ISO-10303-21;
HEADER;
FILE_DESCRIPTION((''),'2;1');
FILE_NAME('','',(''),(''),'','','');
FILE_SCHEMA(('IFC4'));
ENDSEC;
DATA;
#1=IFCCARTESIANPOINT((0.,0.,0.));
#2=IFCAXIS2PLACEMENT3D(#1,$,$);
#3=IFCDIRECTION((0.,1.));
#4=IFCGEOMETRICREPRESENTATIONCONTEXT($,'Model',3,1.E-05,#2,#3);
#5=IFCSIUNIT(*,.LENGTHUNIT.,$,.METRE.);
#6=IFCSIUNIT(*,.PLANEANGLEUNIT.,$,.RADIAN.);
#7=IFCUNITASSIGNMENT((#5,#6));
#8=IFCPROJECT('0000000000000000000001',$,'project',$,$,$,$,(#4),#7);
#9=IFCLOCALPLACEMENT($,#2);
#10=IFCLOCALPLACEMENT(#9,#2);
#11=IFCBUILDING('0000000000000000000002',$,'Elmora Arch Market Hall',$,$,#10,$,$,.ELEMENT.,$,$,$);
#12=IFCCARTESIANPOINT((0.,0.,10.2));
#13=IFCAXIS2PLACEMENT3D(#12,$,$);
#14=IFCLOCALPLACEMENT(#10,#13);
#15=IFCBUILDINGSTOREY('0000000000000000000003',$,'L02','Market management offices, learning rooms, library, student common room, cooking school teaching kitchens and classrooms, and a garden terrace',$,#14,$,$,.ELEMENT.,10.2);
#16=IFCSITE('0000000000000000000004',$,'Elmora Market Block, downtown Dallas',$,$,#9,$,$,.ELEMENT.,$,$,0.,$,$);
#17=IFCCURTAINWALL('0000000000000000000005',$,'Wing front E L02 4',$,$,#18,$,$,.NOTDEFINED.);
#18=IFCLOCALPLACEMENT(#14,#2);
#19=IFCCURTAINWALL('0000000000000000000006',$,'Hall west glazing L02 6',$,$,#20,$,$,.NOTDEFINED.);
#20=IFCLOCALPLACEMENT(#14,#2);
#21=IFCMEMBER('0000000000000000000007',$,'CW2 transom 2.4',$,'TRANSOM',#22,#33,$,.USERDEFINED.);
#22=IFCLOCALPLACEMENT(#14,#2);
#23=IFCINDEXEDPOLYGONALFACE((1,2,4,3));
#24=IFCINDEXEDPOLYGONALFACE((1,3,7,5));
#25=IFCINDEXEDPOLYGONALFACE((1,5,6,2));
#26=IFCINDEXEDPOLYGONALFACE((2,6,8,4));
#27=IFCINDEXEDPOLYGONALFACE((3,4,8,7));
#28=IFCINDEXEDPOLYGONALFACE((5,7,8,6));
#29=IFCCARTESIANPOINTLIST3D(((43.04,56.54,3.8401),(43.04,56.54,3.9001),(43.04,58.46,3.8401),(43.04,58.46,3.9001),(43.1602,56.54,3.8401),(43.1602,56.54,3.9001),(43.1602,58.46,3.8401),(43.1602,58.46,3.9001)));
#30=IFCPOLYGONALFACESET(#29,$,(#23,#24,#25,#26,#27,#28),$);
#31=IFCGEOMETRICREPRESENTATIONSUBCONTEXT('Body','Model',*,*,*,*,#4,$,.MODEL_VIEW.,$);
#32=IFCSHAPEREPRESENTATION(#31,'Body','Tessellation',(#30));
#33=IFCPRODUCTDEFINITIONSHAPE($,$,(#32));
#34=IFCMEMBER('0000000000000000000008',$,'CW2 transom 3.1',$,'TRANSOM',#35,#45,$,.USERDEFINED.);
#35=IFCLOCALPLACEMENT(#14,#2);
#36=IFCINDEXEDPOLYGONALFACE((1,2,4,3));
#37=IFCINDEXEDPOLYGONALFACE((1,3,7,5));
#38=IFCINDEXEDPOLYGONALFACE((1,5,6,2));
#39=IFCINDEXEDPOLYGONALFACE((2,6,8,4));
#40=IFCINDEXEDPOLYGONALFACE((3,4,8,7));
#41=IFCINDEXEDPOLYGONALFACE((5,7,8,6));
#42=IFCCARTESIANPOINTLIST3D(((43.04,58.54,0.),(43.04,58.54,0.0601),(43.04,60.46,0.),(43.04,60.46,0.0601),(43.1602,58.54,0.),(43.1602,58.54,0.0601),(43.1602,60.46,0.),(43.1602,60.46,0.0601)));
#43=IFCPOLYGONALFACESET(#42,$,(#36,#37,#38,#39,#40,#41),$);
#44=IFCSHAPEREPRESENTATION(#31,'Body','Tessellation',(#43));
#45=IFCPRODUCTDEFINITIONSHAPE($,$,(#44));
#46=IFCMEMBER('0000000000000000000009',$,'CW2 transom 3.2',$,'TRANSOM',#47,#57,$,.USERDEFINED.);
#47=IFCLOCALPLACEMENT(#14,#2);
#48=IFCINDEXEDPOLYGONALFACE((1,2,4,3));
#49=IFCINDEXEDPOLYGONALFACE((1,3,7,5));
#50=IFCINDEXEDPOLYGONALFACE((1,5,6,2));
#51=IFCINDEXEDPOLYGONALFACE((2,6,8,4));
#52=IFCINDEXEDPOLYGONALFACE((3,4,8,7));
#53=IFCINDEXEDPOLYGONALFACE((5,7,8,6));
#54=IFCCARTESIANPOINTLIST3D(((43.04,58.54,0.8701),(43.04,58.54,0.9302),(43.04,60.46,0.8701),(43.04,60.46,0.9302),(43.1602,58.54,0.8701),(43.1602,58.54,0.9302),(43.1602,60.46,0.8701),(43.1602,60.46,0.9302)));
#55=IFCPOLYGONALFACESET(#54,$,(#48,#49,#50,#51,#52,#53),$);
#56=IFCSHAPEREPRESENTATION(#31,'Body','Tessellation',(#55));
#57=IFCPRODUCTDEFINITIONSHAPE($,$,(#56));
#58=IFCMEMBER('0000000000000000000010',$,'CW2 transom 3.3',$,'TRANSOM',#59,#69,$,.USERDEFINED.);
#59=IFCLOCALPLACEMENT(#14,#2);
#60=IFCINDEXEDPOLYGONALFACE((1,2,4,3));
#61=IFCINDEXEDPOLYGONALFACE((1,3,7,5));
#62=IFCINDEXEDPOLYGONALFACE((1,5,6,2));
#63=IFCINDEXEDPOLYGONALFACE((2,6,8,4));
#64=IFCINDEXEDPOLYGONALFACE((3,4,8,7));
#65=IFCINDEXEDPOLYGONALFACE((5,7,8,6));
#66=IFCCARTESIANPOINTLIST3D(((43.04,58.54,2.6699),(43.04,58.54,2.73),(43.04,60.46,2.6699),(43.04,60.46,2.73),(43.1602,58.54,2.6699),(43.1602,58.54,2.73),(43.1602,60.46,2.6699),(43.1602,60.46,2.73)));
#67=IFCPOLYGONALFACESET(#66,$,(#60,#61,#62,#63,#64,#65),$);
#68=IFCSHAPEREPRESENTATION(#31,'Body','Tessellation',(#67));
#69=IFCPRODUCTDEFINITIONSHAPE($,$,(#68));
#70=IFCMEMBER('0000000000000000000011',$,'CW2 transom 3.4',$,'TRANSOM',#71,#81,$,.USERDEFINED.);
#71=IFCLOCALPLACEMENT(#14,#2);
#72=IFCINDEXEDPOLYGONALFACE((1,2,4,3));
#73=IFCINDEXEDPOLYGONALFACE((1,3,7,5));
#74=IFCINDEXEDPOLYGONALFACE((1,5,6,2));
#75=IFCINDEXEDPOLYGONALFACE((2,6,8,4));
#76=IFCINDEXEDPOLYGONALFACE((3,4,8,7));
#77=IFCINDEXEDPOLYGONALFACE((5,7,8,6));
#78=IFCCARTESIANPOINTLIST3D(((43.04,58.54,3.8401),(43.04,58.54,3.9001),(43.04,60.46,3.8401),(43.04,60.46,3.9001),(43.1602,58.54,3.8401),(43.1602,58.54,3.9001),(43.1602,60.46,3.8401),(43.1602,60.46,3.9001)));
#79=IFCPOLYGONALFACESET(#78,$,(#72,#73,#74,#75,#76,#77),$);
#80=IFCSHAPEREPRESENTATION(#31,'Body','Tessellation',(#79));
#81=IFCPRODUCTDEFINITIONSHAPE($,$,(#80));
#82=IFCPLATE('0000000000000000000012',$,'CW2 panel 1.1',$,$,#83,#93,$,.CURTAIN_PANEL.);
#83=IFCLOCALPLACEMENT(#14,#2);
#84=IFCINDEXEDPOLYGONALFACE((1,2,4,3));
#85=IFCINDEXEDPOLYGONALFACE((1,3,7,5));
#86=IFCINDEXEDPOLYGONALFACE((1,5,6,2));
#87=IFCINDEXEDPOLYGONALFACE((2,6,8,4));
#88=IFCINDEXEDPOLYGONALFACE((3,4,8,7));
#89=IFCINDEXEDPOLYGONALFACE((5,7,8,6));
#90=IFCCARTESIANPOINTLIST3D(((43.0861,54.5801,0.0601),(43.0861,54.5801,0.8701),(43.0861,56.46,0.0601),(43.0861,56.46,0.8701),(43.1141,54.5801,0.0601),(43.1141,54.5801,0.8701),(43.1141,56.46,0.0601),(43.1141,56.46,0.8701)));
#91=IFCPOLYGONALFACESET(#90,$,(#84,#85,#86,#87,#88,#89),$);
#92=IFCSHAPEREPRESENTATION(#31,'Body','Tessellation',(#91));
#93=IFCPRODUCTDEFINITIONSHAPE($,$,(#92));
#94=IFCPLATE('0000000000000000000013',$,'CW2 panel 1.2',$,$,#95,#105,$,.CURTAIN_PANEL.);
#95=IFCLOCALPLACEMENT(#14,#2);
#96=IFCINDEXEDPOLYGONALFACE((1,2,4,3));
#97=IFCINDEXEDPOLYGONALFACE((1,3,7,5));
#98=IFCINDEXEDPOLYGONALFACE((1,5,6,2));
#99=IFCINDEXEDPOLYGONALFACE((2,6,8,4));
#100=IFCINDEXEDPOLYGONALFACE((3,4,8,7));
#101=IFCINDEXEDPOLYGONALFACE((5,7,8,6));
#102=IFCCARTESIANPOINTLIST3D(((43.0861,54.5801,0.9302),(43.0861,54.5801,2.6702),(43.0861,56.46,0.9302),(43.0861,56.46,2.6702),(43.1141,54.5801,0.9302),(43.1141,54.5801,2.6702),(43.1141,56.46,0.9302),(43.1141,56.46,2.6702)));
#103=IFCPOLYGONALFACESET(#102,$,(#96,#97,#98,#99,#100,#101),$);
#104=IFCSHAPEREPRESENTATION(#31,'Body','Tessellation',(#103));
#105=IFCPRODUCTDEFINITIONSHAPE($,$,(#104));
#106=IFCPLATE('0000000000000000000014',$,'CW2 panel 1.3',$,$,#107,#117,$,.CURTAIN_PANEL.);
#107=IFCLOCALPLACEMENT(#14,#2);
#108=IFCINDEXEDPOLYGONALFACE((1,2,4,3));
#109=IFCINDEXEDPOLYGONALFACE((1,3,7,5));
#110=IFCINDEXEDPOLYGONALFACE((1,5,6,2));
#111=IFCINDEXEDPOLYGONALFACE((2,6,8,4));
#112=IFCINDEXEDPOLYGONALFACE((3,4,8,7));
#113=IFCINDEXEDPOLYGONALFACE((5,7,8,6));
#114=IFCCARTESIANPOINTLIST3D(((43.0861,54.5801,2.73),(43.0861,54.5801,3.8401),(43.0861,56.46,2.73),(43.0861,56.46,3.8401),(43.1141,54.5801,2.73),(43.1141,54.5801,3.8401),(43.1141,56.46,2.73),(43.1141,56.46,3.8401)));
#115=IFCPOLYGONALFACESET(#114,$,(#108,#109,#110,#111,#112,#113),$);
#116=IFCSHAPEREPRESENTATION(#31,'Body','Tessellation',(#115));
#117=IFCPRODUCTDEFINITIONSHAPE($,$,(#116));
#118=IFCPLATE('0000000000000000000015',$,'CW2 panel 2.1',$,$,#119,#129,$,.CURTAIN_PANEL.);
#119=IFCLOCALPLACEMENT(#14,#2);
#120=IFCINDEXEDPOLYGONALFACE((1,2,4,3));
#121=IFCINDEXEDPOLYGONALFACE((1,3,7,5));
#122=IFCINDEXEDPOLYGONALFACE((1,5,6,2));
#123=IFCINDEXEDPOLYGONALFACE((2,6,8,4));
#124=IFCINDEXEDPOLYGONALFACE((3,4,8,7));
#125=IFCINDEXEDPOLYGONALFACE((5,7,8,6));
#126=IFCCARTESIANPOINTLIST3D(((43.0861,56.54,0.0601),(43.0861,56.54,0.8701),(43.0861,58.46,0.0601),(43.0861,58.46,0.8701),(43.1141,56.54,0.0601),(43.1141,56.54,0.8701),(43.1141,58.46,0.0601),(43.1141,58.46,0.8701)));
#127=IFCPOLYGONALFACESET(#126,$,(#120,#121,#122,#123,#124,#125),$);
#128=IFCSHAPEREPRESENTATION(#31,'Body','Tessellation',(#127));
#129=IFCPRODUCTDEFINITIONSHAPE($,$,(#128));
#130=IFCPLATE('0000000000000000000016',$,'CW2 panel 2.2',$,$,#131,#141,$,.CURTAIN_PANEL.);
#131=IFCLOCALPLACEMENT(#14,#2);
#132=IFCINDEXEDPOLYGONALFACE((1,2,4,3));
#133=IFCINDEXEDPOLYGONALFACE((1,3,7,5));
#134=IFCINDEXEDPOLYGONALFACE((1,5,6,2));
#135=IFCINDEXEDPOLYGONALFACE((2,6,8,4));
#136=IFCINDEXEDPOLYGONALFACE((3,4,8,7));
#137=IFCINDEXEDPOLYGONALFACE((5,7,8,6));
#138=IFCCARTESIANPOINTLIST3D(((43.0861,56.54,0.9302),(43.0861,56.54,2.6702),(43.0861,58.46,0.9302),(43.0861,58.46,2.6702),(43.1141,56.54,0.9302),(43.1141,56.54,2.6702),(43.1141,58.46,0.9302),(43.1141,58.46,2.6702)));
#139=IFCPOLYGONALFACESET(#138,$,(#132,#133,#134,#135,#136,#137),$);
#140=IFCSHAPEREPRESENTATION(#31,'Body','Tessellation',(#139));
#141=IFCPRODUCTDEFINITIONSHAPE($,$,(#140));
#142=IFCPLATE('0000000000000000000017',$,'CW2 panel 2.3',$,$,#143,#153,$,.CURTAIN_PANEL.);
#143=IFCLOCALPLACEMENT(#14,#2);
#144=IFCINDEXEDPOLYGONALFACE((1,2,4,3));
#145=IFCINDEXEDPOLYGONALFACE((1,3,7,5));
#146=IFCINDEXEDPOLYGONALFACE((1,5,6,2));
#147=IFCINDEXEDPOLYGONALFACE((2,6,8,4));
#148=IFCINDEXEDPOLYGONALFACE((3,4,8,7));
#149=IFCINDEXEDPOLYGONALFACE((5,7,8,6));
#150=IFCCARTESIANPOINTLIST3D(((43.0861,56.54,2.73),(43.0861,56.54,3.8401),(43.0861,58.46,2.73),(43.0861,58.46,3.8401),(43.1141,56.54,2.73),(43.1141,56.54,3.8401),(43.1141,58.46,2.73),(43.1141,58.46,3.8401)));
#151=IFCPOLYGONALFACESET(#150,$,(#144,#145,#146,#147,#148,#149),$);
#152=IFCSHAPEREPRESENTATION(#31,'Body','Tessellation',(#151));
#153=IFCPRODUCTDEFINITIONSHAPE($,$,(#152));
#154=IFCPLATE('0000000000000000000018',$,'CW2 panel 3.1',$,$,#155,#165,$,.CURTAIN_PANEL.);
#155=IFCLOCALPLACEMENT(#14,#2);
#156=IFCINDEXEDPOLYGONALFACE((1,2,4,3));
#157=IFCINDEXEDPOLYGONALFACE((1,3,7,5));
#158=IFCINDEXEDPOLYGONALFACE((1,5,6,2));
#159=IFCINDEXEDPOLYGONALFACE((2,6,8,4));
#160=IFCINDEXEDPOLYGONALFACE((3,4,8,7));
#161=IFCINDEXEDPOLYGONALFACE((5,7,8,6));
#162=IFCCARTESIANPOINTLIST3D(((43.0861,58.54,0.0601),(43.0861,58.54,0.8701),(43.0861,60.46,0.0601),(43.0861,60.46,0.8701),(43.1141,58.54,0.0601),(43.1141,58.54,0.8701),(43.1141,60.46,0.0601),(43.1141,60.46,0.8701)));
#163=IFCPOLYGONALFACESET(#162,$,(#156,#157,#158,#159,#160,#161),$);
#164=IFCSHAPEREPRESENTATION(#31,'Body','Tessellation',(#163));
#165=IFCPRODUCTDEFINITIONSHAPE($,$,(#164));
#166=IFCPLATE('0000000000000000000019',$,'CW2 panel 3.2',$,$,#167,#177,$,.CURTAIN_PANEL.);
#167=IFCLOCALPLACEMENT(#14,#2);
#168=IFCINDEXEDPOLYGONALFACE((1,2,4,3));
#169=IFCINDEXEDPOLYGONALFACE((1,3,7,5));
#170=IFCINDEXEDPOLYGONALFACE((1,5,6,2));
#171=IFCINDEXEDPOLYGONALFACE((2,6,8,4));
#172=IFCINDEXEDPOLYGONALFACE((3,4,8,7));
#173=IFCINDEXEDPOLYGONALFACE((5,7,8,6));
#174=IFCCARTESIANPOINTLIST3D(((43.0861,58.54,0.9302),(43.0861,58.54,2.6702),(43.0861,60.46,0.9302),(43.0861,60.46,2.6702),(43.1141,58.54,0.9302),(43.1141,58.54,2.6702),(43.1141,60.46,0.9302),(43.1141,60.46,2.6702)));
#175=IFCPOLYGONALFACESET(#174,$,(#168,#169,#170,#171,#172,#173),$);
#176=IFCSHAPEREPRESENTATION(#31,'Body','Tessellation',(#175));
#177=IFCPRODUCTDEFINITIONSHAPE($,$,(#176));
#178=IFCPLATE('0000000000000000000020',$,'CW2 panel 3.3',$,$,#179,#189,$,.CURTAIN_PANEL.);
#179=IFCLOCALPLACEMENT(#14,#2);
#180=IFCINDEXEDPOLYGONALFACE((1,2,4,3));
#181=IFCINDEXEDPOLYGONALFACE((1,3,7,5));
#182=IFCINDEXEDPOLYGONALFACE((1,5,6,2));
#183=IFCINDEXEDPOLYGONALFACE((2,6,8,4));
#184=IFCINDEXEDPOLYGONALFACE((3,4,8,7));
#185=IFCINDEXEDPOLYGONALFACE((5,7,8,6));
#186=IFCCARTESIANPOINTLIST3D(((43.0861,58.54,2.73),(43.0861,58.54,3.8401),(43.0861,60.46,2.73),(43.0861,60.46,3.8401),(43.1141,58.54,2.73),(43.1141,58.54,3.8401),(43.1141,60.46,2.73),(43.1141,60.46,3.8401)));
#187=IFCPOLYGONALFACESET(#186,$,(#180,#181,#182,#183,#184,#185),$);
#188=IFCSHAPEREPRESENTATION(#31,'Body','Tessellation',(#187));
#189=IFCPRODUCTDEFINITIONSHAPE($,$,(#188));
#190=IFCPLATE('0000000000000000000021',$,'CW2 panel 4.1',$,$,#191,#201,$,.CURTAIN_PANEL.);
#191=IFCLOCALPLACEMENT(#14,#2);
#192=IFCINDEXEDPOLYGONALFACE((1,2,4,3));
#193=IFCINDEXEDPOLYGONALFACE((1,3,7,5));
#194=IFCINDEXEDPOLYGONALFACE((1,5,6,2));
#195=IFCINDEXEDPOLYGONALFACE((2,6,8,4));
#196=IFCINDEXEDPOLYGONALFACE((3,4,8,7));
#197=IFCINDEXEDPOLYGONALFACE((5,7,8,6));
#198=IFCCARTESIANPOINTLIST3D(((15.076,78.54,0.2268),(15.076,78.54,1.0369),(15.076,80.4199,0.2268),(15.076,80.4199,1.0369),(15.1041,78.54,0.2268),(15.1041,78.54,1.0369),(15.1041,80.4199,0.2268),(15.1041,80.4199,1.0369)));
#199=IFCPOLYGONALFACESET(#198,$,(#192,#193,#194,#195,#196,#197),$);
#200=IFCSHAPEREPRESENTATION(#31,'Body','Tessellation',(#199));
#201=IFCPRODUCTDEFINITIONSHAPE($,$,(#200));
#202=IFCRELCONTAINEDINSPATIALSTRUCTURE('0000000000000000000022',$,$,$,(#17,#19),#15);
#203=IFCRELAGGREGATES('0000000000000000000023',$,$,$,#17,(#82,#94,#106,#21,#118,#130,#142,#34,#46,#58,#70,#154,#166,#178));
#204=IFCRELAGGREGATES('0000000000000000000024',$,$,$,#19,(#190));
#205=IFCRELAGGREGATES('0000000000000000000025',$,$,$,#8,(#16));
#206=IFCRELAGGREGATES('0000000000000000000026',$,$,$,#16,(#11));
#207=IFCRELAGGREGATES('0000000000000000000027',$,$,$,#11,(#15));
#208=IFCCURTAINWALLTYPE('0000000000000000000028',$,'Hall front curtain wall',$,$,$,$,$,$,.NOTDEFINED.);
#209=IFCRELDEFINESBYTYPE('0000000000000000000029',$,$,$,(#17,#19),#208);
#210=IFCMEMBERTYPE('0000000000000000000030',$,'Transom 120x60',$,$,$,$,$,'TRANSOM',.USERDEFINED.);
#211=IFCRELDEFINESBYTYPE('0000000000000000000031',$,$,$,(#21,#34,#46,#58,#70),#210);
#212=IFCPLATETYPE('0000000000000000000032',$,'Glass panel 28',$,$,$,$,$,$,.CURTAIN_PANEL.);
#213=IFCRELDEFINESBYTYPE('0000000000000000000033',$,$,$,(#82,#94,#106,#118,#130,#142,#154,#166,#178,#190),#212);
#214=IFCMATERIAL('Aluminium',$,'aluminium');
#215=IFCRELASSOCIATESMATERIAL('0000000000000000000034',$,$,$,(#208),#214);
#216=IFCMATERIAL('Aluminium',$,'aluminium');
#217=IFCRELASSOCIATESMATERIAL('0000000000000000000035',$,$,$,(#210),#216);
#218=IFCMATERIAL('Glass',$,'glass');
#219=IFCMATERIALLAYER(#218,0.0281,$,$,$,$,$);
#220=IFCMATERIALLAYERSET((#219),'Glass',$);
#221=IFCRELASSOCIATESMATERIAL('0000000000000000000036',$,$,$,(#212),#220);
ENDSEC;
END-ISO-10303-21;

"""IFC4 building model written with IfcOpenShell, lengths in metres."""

from ifc_helpers import new_model, si_unit, direction, frame, origin, origin_2d, place, context, subcontext, project, spatial, rectangle, extrude, material, layer, layer_set, material_profile, profile_set, type_object, element, aggregate, save


model = new_model("IFC4")

# Units and contexts
model_context = context("Model", 3, precision=1e-05, world=origin(), true_north=direction((0.0, 1.0)))
body_context = subcontext(model_context, "Body", "Model", "MODEL_VIEW")
ifc_project = project(units=[si_unit("LENGTHUNIT", "METRE"), si_unit("PLANEANGLEUNIT", "RADIAN")], contexts=[model_context])

# Site, building, storey
site_placement = place(None, origin())
site = spatial("IfcSite", under=ifc_project, at=site_placement, Name="Elmora Market Block, downtown Dallas", CompositionType="ELEMENT", RefElevation=0.0)
building_placement = place(site_placement, origin())
building = spatial("IfcBuilding", under=site, at=building_placement, Name="Elmora Arch Market Hall", CompositionType="ELEMENT")
storey_placement = place(building_placement, frame((0.0, 0.0, 10.2)))
storey = spatial("IfcBuildingStorey", under=building, at=storey_placement, Name="L02", Description="Market management offices, learning rooms, library, student common room, cooking school teaching kitchens and classrooms, and a garden terrace", CompositionType="ELEMENT", Elevation=10.2)

# Curtain wall
ifc_material_1 = material(Name="Aluminium", Category="aluminium")
curtain_wall_type = type_object("IfcCurtainWallType", Name="Hall front curtain wall", PredefinedType="NOTDEFINED", material=ifc_material_1)
curtain_wall_1_placement = place(storey_placement, origin())
curtain_wall_1 = element("IfcCurtainWall", 1, at=curtain_wall_1_placement, inside=storey, type_object=curtain_wall_type, Name="Wing front E L02 4", PredefinedType="NOTDEFINED")

# Curtain wall
curtain_wall_2_placement = place(storey_placement, origin())
curtain_wall_2 = element("IfcCurtainWall", 2, at=curtain_wall_2_placement, inside=storey, type_object=curtain_wall_type, Name="Hall west glazing L02 6", PredefinedType="NOTDEFINED")

# Members
ifc_material_2 = material(Name="Aluminium", Category="aluminium")
ifc_material_profile_1 = material_profile(ifc_material_2, rectangle(XDim=0.1201, YDim=0.0601, at=origin_2d()), Name="AL 120x60")
ifc_profile_set_1 = profile_set([ifc_material_profile_1], Name="Aluminium")
member_type_1 = type_object("IfcMemberType", Name="Transom 120x60", ElementType="TRANSOM", PredefinedType="USERDEFINED", material=ifc_profile_set_1)
member_1_placement = place(storey_placement, frame((43.1001, 56.54, 3.8701), z_axis=(0.0, 1.0, 0.0), x_axis=(-1.0, 0.0, 0.0)))
member_1 = element("IfcMember", 3, at=member_1_placement, type_object=member_type_1, Name="CW2 transom 2.4", ObjectType="TRANSOM", PredefinedType="USERDEFINED", context=body_context, shape_type="SweptSolid", body=[
    extrude(rectangle(XDim=0.1201, YDim=0.0601, at=origin_2d()), origin(), (0.0, 0.0, 1.0), 1.9199),
])
member_2_placement = place(storey_placement, frame((43.1001, 58.54, 0.03), z_axis=(0.0, 1.0, 0.0), x_axis=(-1.0, 0.0, 0.0)))
member_2 = element("IfcMember", 4, at=member_2_placement, type_object=member_type_1, Name="CW2 transom 3.1", ObjectType="TRANSOM", PredefinedType="USERDEFINED", context=body_context, shape_type="SweptSolid", body=[
    extrude(rectangle(XDim=0.1201, YDim=0.0601, at=origin_2d()), origin(), (0.0, 0.0, 1.0), 1.9199),
])
member_3_placement = place(storey_placement, frame((43.1001, 58.54, 0.9001), z_axis=(0.0, 1.0, 0.0), x_axis=(-1.0, 0.0, 0.0)))
member_3 = element("IfcMember", 5, at=member_3_placement, type_object=member_type_1, Name="CW2 transom 3.2", ObjectType="TRANSOM", PredefinedType="USERDEFINED", context=body_context, shape_type="SweptSolid", body=[
    extrude(rectangle(XDim=0.1201, YDim=0.0601, at=origin_2d()), origin(), (0.0, 0.0, 1.0), 1.9199),
])
member_4_placement = place(storey_placement, frame((43.1001, 58.54, 2.7), z_axis=(0.0, 1.0, 0.0), x_axis=(-1.0, 0.0, 0.0)))
member_4 = element("IfcMember", 6, at=member_4_placement, type_object=member_type_1, Name="CW2 transom 3.3", ObjectType="TRANSOM", PredefinedType="USERDEFINED", context=body_context, shape_type="SweptSolid", body=[
    extrude(rectangle(XDim=0.1201, YDim=0.0601, at=origin_2d()), origin(), (0.0, 0.0, 1.0), 1.9199),
])
member_5_placement = place(storey_placement, frame((43.1001, 58.54, 3.8701), z_axis=(0.0, 1.0, 0.0), x_axis=(-1.0, 0.0, 0.0)))
member_5 = element("IfcMember", 7, at=member_5_placement, type_object=member_type_1, Name="CW2 transom 3.4", ObjectType="TRANSOM", PredefinedType="USERDEFINED", context=body_context, shape_type="SweptSolid", body=[
    extrude(rectangle(XDim=0.1201, YDim=0.0601, at=origin_2d()), origin(), (0.0, 0.0, 1.0), 1.9199),
])

# Plates
ifc_material_3 = material(Name="Glass", Category="glass")
ifc_layer = layer(ifc_material_3, 0.0281)
ifc_layer_set = layer_set([ifc_layer], Name="Glass")
plate_type = type_object("IfcPlateType", Name="Glass panel 28", PredefinedType="CURTAIN_PANEL", material=ifc_layer_set)
plate_1_placement = place(storey_placement, frame((43.1001, 55.52, 0.0601), z_axis=(0.0, 0.0, 1.0), x_axis=(0.0, 1.0, 0.0)))
plate_1 = element("IfcPlate", 8, at=plate_1_placement, type_object=plate_type, Name="CW2 panel 1.1", PredefinedType="CURTAIN_PANEL", context=body_context, shape_type="SweptSolid", body=[
    extrude(rectangle(XDim=1.8799, YDim=0.0281, at=origin_2d()), origin(), (0.0, 0.0, 1.0), 0.8101),
])
plate_2_placement = place(storey_placement, frame((43.1001, 55.52, 0.9302), z_axis=(0.0, 0.0, 1.0), x_axis=(0.0, 1.0, 0.0)))
plate_2 = element("IfcPlate", 9, at=plate_2_placement, type_object=plate_type, Name="CW2 panel 1.2", PredefinedType="CURTAIN_PANEL", context=body_context, shape_type="SweptSolid", body=[
    extrude(rectangle(XDim=1.8799, YDim=0.0281, at=origin_2d()), origin(), (0.0, 0.0, 1.0), 1.74),
])
plate_3_placement = place(storey_placement, frame((43.1001, 55.52, 2.73), z_axis=(0.0, 0.0, 1.0), x_axis=(0.0, 1.0, 0.0)))
plate_3 = element("IfcPlate", 10, at=plate_3_placement, type_object=plate_type, Name="CW2 panel 1.3", PredefinedType="CURTAIN_PANEL", context=body_context, shape_type="SweptSolid", body=[
    extrude(rectangle(XDim=1.8799, YDim=0.0281, at=origin_2d()), origin(), (0.0, 0.0, 1.0), 1.1101),
])
plate_4_placement = place(storey_placement, frame((43.1001, 57.5, 0.0601), z_axis=(0.0, 0.0, 1.0), x_axis=(0.0, 1.0, 0.0)))
plate_4 = element("IfcPlate", 11, at=plate_4_placement, type_object=plate_type, Name="CW2 panel 2.1", PredefinedType="CURTAIN_PANEL", context=body_context, shape_type="SweptSolid", body=[
    extrude(rectangle(XDim=1.9199, YDim=0.0281, at=origin_2d()), origin(), (0.0, 0.0, 1.0), 0.8101),
])
plate_5_placement = place(storey_placement, frame((43.1001, 57.5, 0.9302), z_axis=(0.0, 0.0, 1.0), x_axis=(0.0, 1.0, 0.0)))
plate_5 = element("IfcPlate", 12, at=plate_5_placement, type_object=plate_type, Name="CW2 panel 2.2", PredefinedType="CURTAIN_PANEL", context=body_context, shape_type="SweptSolid", body=[
    extrude(rectangle(XDim=1.9199, YDim=0.0281, at=origin_2d()), origin(), (0.0, 0.0, 1.0), 1.74),
])
plate_6_placement = place(storey_placement, frame((43.1001, 57.5, 2.73), z_axis=(0.0, 0.0, 1.0), x_axis=(0.0, 1.0, 0.0)))
plate_6 = element("IfcPlate", 13, at=plate_6_placement, type_object=plate_type, Name="CW2 panel 2.3", PredefinedType="CURTAIN_PANEL", context=body_context, shape_type="SweptSolid", body=[
    extrude(rectangle(XDim=1.9199, YDim=0.0281, at=origin_2d()), origin(), (0.0, 0.0, 1.0), 1.1101),
])
plate_7_placement = place(storey_placement, frame((43.1001, 59.5, 0.0601), z_axis=(0.0, 0.0, 1.0), x_axis=(0.0, 1.0, 0.0)))
plate_7 = element("IfcPlate", 14, at=plate_7_placement, type_object=plate_type, Name="CW2 panel 3.1", PredefinedType="CURTAIN_PANEL", context=body_context, shape_type="SweptSolid", body=[
    extrude(rectangle(XDim=1.9199, YDim=0.0281, at=origin_2d()), origin(), (0.0, 0.0, 1.0), 0.8101),
])
plate_8_placement = place(storey_placement, frame((43.1001, 59.5, 0.9302), z_axis=(0.0, 0.0, 1.0), x_axis=(0.0, 1.0, 0.0)))
plate_8 = element("IfcPlate", 15, at=plate_8_placement, type_object=plate_type, Name="CW2 panel 3.2", PredefinedType="CURTAIN_PANEL", context=body_context, shape_type="SweptSolid", body=[
    extrude(rectangle(XDim=1.9199, YDim=0.0281, at=origin_2d()), origin(), (0.0, 0.0, 1.0), 1.74),
])
plate_9_placement = place(storey_placement, frame((43.1001, 59.5, 2.73), z_axis=(0.0, 0.0, 1.0), x_axis=(0.0, 1.0, 0.0)))
plate_9 = element("IfcPlate", 16, at=plate_9_placement, type_object=plate_type, Name="CW2 panel 3.3", PredefinedType="CURTAIN_PANEL", context=body_context, shape_type="SweptSolid", body=[
    extrude(rectangle(XDim=1.9199, YDim=0.0281, at=origin_2d()), origin(), (0.0, 0.0, 1.0), 1.1101),
])
aggregate(curtain_wall_1, [plate_1, plate_2, plate_3, member_1, plate_4, plate_5, plate_6, member_2, member_3, member_4, member_5, plate_7, plate_8, plate_9])
plate_10_placement = place(storey_placement, frame((15.0901, 79.48, 0.2268), z_axis=(0.0, 0.0, 1.0), x_axis=(0.0, 1.0, 0.0)))
plate_10 = element("IfcPlate", 17, at=plate_10_placement, type_object=plate_type, Name="CW2 panel 4.1", PredefinedType="CURTAIN_PANEL", context=body_context, shape_type="SweptSolid", body=[
    extrude(rectangle(XDim=1.8799, YDim=0.0281, at=origin_2d()), origin(), (0.0, 0.0, 1.0), 0.8101),
])
aggregate(curtain_wall_2, [plate_10])

save(model, "model.ifc")
